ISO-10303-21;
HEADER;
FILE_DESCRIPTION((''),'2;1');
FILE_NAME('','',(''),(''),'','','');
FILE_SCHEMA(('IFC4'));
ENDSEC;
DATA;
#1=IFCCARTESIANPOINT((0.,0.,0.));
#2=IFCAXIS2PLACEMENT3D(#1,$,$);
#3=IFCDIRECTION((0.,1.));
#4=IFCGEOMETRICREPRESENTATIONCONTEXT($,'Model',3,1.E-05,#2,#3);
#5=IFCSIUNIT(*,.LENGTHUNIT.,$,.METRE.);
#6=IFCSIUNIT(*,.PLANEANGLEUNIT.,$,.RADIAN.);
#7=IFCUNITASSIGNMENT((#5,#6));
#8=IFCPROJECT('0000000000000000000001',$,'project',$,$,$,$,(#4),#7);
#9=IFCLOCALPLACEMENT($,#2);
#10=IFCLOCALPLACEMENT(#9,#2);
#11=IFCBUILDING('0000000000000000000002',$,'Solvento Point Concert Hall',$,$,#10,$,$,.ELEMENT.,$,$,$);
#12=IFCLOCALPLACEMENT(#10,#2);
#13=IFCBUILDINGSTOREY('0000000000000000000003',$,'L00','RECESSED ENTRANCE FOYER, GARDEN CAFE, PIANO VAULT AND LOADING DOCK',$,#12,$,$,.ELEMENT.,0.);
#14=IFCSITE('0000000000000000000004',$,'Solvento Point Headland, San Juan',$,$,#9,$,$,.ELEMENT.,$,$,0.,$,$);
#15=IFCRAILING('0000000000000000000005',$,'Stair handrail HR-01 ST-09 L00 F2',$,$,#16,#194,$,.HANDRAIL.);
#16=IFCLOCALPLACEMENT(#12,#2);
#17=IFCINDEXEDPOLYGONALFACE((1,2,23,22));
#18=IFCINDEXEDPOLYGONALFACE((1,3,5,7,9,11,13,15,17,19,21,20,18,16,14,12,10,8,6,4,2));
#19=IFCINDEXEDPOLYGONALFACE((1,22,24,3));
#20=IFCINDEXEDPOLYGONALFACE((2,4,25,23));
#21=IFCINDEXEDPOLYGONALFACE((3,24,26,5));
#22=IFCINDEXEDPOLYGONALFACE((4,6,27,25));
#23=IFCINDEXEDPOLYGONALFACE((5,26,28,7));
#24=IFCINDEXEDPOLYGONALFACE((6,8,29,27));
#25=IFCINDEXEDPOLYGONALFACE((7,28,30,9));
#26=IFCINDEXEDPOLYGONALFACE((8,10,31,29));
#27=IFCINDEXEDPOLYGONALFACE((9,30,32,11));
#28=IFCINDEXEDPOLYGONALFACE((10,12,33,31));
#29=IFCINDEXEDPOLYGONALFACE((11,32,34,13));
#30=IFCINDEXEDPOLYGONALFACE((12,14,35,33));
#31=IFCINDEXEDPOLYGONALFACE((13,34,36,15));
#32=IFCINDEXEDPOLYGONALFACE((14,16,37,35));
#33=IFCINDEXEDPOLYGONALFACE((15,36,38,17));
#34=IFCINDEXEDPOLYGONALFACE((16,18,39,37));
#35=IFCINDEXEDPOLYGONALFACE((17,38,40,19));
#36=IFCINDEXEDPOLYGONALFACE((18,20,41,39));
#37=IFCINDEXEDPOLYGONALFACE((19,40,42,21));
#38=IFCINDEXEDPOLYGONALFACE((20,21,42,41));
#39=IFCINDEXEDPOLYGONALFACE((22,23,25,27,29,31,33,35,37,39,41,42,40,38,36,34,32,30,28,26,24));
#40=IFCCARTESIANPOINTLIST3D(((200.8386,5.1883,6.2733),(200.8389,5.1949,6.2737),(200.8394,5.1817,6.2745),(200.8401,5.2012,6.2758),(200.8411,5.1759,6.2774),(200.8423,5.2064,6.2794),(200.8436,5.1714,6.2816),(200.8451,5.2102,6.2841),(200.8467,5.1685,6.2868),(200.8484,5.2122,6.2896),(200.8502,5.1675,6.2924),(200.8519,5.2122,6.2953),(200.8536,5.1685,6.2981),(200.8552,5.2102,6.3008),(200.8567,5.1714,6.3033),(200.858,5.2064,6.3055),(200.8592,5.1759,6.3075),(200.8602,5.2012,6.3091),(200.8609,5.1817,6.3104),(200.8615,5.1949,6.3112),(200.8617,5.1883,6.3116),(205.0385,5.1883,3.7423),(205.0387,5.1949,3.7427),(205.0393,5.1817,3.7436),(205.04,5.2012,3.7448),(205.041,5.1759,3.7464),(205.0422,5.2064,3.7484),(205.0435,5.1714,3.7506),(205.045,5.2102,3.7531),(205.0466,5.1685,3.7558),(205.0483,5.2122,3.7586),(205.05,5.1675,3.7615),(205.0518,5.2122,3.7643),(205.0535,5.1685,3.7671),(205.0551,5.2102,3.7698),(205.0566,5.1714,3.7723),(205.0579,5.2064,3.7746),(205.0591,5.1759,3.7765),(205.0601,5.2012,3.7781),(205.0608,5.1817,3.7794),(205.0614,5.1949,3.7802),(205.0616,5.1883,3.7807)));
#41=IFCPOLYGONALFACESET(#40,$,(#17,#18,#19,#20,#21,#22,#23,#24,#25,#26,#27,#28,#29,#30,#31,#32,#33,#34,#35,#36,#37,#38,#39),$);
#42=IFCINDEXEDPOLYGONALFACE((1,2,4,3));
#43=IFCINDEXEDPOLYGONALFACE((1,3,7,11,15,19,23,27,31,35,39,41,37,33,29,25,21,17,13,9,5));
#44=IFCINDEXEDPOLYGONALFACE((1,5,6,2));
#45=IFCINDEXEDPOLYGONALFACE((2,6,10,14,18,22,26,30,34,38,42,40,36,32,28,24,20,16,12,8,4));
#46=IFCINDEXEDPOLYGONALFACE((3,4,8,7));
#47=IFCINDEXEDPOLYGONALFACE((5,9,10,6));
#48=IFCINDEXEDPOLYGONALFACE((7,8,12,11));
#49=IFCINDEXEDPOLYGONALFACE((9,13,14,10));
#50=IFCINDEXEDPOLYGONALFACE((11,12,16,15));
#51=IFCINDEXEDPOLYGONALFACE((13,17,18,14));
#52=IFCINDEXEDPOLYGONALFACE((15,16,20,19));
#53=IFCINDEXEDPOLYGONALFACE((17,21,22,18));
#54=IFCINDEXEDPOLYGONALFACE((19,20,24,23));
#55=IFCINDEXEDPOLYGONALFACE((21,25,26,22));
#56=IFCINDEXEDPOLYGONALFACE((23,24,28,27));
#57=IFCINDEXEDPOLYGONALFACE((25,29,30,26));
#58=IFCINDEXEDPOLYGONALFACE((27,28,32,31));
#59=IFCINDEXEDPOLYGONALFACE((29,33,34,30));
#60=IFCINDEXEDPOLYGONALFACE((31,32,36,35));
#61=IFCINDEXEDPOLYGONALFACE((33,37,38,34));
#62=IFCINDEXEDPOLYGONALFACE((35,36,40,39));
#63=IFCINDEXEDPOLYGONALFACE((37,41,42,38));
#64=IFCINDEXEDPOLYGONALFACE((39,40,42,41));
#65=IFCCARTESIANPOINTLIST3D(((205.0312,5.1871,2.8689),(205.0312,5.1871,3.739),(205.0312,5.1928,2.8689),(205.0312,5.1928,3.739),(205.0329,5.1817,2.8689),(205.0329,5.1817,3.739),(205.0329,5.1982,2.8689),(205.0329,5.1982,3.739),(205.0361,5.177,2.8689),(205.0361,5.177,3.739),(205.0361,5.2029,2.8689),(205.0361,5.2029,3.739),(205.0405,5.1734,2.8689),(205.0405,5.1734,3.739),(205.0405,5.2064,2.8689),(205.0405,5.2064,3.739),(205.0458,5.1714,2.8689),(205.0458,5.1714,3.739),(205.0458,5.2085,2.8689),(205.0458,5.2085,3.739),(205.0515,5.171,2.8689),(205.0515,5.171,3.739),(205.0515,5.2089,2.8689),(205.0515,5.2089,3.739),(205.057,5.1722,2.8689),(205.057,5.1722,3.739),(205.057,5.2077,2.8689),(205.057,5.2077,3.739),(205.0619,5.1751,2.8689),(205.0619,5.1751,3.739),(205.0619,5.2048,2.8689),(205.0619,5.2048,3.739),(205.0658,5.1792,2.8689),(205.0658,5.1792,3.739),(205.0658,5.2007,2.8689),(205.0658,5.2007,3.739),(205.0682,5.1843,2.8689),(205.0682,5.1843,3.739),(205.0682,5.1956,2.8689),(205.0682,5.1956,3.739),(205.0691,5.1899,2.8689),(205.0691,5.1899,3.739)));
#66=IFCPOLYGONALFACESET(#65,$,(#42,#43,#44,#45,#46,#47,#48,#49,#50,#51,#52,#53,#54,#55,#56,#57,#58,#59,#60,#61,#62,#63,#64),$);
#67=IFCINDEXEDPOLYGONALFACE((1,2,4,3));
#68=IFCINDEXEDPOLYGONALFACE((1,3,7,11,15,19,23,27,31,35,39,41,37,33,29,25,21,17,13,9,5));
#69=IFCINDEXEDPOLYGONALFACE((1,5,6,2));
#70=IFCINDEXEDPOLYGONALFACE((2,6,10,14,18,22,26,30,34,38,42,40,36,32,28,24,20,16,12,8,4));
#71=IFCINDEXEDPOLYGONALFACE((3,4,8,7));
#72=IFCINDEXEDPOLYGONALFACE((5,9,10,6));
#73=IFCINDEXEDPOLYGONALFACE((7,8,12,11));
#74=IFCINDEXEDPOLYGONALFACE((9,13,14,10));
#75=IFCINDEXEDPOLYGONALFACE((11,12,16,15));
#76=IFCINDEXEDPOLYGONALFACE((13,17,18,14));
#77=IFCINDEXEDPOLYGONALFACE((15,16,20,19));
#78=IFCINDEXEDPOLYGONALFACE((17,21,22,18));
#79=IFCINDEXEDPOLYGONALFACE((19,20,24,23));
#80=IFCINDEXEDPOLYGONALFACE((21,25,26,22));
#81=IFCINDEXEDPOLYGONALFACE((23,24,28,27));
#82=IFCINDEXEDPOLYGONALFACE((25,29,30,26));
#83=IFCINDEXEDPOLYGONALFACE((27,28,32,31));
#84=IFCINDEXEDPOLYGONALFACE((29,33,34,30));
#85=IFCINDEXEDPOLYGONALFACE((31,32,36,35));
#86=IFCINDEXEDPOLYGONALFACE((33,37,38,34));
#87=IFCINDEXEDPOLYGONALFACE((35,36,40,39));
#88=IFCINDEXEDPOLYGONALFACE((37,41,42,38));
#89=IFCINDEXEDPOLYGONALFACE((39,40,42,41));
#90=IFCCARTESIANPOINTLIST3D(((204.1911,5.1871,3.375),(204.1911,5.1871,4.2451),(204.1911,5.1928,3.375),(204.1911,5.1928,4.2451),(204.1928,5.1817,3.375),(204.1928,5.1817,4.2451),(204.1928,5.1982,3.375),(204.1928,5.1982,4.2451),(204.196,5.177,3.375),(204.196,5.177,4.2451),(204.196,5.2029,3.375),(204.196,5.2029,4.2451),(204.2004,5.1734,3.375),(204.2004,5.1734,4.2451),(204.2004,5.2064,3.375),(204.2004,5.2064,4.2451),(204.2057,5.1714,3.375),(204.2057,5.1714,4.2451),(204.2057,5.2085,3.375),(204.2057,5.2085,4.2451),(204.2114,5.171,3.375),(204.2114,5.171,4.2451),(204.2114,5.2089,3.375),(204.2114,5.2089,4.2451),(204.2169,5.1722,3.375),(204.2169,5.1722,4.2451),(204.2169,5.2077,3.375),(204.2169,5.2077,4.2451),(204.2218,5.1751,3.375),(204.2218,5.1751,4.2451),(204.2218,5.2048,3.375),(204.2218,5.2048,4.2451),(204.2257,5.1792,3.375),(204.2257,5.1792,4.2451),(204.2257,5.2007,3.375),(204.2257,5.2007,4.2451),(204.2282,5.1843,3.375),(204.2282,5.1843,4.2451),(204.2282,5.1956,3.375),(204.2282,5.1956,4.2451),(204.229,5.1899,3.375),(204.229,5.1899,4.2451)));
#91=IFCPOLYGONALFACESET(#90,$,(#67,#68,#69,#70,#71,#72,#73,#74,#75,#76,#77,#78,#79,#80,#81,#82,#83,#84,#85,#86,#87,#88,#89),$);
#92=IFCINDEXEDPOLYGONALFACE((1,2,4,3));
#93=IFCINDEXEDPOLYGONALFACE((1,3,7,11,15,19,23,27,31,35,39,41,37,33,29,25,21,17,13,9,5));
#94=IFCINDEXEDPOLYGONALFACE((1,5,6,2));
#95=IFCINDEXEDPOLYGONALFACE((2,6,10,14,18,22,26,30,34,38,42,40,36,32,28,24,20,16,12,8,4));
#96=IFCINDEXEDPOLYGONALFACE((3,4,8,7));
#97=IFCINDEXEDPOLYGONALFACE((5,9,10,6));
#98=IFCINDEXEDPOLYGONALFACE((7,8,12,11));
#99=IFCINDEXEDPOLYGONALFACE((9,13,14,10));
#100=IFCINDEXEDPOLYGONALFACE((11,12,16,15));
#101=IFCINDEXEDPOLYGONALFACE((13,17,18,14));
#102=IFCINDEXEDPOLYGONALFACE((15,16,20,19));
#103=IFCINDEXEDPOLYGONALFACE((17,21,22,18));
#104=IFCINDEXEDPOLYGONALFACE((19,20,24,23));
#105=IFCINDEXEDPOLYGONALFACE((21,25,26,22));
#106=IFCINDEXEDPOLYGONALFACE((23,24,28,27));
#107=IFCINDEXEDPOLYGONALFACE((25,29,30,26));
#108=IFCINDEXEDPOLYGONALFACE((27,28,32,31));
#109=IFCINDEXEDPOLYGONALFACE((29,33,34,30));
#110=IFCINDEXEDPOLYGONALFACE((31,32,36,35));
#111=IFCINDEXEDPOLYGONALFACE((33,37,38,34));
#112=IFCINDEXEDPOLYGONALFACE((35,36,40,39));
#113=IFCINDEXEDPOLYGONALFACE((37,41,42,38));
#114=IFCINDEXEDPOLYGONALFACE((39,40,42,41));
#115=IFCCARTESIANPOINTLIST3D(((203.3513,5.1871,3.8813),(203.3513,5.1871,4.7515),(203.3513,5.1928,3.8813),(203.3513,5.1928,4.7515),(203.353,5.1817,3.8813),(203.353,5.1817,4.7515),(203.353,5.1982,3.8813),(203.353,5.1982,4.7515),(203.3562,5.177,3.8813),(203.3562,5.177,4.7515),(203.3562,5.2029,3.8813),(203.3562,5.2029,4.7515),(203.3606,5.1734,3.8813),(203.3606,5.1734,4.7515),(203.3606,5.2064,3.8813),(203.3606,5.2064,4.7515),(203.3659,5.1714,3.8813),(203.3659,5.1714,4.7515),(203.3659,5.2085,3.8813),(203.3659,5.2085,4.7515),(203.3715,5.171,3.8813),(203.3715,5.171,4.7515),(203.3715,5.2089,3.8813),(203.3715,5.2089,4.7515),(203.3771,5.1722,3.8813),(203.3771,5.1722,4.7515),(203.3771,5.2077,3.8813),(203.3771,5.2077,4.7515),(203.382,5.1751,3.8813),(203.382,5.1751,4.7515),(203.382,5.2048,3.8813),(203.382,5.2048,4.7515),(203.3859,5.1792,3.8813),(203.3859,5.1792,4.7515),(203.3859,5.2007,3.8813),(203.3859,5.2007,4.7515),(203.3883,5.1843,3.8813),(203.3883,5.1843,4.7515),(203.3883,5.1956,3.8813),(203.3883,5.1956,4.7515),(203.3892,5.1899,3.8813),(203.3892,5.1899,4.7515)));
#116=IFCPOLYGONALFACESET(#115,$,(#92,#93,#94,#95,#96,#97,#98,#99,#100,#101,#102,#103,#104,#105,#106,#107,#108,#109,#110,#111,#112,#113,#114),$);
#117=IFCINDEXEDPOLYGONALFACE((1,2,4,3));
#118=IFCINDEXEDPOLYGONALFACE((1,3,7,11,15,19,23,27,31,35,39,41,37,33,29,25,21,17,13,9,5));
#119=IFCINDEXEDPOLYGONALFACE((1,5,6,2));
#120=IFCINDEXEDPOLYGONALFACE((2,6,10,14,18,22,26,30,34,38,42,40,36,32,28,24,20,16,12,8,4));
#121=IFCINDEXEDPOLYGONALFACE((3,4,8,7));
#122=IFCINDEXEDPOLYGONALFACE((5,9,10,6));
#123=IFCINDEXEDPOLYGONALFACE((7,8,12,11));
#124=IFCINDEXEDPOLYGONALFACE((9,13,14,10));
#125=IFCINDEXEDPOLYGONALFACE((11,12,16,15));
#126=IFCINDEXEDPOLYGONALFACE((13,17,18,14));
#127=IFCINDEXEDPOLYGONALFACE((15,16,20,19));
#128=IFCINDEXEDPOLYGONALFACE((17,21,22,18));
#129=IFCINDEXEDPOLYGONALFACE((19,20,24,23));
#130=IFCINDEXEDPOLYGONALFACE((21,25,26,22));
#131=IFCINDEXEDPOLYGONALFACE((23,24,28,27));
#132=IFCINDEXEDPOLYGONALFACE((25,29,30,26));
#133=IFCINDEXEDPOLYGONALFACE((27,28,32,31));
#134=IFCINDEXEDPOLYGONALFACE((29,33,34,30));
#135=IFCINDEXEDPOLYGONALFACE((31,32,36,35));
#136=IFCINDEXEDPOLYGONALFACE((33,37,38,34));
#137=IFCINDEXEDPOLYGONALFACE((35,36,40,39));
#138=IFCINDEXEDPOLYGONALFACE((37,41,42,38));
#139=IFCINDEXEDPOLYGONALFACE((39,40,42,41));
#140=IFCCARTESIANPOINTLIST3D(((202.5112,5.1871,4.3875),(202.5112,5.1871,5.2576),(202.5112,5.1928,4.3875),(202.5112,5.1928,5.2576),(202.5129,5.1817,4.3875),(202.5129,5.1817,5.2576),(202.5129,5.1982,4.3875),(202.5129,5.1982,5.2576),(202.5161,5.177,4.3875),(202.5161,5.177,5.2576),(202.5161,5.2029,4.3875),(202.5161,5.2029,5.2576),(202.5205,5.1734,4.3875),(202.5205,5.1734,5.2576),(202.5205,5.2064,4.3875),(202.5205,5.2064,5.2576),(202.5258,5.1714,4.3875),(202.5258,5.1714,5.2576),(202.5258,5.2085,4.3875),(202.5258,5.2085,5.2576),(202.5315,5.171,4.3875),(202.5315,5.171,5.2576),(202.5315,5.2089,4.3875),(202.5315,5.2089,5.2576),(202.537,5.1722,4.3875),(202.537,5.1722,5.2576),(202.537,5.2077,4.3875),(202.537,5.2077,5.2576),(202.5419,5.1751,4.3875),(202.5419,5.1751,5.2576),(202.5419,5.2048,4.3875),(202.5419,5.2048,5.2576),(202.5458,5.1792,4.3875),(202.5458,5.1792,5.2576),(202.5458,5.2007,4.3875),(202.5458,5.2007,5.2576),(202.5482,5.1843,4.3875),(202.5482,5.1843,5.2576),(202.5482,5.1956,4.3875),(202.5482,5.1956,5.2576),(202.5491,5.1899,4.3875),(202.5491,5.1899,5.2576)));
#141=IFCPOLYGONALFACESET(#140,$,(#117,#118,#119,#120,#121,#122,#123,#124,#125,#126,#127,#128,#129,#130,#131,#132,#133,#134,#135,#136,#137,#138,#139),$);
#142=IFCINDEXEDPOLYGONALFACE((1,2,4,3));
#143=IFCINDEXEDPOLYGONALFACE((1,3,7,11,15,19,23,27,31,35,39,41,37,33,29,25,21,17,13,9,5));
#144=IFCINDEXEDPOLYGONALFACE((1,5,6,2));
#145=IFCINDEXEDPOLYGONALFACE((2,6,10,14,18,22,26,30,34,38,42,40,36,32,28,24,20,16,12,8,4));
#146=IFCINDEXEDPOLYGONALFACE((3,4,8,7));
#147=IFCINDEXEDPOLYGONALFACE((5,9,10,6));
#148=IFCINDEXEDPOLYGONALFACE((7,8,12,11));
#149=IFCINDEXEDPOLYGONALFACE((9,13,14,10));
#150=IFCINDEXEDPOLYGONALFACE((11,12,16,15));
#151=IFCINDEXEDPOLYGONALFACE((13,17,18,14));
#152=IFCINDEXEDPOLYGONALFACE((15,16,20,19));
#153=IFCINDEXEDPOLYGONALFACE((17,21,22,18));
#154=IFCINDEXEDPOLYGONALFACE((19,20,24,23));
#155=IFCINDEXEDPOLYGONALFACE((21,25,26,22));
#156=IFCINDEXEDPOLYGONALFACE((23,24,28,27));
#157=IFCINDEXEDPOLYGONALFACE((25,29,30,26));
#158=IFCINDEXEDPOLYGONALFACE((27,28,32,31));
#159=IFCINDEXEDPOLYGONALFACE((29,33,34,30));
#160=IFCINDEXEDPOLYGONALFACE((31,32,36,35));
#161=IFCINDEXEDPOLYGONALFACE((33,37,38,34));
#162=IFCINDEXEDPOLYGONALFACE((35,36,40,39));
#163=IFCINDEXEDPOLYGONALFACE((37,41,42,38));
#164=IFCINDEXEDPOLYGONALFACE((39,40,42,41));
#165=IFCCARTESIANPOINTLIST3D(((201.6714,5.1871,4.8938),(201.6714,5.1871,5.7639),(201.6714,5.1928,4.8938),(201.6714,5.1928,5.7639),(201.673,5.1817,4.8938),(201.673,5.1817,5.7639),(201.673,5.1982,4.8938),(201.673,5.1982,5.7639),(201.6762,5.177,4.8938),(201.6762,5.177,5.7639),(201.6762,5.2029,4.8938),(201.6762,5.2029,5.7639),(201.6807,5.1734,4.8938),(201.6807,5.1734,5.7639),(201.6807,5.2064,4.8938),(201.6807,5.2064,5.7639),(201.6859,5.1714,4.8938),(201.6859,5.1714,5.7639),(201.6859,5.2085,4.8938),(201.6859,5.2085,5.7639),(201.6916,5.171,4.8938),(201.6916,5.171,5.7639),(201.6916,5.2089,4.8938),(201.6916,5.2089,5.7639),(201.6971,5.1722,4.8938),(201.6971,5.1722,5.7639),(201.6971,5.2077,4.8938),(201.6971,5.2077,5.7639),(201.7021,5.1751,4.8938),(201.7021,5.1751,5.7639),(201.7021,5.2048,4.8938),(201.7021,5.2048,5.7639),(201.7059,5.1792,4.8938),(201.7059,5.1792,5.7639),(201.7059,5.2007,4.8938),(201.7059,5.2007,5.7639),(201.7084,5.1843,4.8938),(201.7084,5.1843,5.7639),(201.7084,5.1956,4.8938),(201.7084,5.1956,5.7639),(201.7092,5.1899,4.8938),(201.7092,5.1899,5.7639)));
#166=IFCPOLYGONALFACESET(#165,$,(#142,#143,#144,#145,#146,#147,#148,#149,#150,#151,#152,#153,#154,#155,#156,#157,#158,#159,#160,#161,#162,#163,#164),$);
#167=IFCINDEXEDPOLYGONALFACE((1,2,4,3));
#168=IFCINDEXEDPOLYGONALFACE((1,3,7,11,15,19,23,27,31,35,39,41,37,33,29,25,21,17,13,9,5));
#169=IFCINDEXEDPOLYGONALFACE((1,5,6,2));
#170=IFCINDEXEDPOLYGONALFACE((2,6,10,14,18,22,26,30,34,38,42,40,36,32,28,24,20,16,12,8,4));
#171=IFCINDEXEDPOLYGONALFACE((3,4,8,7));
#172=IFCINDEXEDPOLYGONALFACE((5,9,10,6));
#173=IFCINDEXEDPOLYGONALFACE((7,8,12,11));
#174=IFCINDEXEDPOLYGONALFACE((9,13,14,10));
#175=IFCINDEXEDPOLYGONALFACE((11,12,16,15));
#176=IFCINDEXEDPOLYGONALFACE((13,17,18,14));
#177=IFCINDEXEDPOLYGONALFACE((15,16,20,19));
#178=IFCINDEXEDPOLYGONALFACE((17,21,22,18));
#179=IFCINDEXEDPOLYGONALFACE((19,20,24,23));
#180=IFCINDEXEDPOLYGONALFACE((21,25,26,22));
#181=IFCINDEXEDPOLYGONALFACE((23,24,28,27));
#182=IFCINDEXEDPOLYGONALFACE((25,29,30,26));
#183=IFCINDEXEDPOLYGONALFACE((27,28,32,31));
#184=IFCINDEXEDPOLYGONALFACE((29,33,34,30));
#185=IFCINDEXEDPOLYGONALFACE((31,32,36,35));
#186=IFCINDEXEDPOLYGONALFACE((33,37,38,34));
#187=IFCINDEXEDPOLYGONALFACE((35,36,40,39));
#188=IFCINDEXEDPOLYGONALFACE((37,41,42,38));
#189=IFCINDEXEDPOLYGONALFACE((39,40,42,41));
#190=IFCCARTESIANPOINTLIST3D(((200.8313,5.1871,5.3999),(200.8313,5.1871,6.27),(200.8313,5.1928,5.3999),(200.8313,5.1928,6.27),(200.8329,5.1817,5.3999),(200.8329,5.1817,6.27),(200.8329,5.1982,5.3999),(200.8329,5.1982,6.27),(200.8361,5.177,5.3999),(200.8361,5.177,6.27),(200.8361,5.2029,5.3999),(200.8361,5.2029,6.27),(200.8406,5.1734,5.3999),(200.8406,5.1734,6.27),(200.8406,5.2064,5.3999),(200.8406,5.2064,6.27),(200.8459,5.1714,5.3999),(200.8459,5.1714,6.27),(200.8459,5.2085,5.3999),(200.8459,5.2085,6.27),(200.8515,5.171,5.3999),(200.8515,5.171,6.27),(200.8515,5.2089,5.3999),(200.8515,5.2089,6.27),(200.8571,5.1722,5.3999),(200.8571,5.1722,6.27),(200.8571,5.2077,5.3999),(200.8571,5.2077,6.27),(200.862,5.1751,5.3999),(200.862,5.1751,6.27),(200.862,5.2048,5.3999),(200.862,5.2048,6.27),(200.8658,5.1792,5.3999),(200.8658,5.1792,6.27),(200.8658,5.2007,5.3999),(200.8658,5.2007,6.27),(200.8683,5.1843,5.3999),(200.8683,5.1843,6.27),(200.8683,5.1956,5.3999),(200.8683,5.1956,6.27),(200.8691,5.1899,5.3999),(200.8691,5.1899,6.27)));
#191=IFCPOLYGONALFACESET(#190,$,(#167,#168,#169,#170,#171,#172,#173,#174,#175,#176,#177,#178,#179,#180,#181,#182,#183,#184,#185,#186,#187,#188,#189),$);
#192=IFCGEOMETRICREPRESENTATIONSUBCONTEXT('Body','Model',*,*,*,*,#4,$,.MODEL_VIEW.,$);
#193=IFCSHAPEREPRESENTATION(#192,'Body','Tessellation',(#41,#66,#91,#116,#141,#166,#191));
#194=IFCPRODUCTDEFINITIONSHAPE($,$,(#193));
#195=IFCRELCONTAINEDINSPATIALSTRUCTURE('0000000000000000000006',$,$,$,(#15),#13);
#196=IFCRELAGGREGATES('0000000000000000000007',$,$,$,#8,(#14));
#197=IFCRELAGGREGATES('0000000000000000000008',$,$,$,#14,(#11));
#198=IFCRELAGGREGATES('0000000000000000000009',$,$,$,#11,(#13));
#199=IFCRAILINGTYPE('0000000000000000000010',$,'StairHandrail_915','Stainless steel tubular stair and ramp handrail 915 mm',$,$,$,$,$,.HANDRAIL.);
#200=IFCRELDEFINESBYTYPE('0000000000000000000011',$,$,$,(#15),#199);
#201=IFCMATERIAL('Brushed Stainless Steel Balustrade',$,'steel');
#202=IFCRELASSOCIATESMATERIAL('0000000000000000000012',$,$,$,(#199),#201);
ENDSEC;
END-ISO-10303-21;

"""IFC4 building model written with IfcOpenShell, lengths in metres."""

from ifc_helpers import new_model, si_unit, direction, frame, origin, origin_2d, place, context, subcontext, project, spatial, circle, extrude, material, type_object, element, save


model = new_model("IFC4")

# Units and contexts
model_context = context("Model", 3, precision=1e-05, world=origin(), true_north=direction((0.0, 1.0)))
body_context = subcontext(model_context, "Body", "Model", "MODEL_VIEW")
ifc_project = project(units=[si_unit("LENGTHUNIT", "METRE"), si_unit("PLANEANGLEUNIT", "RADIAN")], contexts=[model_context])

# Site, building, storey
site_placement = place(None, origin())
site = spatial("IfcSite", under=ifc_project, at=site_placement, Name="Solvento Point Headland, San Juan", CompositionType="ELEMENT", RefElevation=0.0)
building_placement = place(site_placement, origin())
building = spatial("IfcBuilding", under=site, at=building_placement, Name="Solvento Point Concert Hall", CompositionType="ELEMENT")
storey_placement = place(building_placement, origin())
storey = spatial("IfcBuildingStorey", under=building, at=storey_placement, Name="L00", Description="RECESSED ENTRANCE FOYER, GARDEN CAFE, PIANO VAULT AND LOADING DOCK", CompositionType="ELEMENT", Elevation=0.0)

# Railing
ifc_material_1 = material(Name="Brushed Stainless Steel Balustrade", Category="steel")
railing_type_1 = type_object("IfcRailingType", Name="StairHandrail_915", Description="Stainless steel tubular stair and ramp handrail 915 mm", PredefinedType="HANDRAIL", material=ifc_material_1)
railing_1_placement = place(storey_placement, frame((205.05, 5.1899, 2.8689)))
element("IfcRailing", 1, at=railing_1_placement, inside=storey, type_object=railing_type_1, Name="Stair handrail HR-01 ST-09 L00 F2", PredefinedType="HANDRAIL", context=body_context, shape_type="SweptSolid", body=[
    extrude(circle(Radius=0.0225, at=origin_2d()), frame((0.0, 0.0, 0.8926), z_axis=(-0.856499, 0.0, 0.51615), x_axis=(0.0, -1.0, 0.0)), (0.0, 0.0, 1.0), 4.9036),
    extrude(circle(Radius=0.019, at=origin_2d()), origin(), (0.0, 0.0, 1.0), 0.8701),
    extrude(circle(Radius=0.019, at=origin_2d()), frame((-0.8401, 0.0, 0.5061)), (0.0, 0.0, 1.0), 0.8701),
    extrude(circle(Radius=0.019, at=origin_2d()), frame((-1.6799, 0.0, 1.0125)), (0.0, 0.0, 1.0), 0.8701),
    extrude(circle(Radius=0.019, at=origin_2d()), frame((-2.52, 0.0, 1.5186)), (0.0, 0.0, 1.0), 0.8701),
    extrude(circle(Radius=0.019, at=origin_2d()), frame((-3.3599, 0.0, 2.0249)), (0.0, 0.0, 1.0), 0.8701),
    extrude(circle(Radius=0.019, at=origin_2d()), frame((-4.2, 0.0, 2.531)), (0.0, 0.0, 1.0), 0.8701),
])

save(model, "model.ifc")
